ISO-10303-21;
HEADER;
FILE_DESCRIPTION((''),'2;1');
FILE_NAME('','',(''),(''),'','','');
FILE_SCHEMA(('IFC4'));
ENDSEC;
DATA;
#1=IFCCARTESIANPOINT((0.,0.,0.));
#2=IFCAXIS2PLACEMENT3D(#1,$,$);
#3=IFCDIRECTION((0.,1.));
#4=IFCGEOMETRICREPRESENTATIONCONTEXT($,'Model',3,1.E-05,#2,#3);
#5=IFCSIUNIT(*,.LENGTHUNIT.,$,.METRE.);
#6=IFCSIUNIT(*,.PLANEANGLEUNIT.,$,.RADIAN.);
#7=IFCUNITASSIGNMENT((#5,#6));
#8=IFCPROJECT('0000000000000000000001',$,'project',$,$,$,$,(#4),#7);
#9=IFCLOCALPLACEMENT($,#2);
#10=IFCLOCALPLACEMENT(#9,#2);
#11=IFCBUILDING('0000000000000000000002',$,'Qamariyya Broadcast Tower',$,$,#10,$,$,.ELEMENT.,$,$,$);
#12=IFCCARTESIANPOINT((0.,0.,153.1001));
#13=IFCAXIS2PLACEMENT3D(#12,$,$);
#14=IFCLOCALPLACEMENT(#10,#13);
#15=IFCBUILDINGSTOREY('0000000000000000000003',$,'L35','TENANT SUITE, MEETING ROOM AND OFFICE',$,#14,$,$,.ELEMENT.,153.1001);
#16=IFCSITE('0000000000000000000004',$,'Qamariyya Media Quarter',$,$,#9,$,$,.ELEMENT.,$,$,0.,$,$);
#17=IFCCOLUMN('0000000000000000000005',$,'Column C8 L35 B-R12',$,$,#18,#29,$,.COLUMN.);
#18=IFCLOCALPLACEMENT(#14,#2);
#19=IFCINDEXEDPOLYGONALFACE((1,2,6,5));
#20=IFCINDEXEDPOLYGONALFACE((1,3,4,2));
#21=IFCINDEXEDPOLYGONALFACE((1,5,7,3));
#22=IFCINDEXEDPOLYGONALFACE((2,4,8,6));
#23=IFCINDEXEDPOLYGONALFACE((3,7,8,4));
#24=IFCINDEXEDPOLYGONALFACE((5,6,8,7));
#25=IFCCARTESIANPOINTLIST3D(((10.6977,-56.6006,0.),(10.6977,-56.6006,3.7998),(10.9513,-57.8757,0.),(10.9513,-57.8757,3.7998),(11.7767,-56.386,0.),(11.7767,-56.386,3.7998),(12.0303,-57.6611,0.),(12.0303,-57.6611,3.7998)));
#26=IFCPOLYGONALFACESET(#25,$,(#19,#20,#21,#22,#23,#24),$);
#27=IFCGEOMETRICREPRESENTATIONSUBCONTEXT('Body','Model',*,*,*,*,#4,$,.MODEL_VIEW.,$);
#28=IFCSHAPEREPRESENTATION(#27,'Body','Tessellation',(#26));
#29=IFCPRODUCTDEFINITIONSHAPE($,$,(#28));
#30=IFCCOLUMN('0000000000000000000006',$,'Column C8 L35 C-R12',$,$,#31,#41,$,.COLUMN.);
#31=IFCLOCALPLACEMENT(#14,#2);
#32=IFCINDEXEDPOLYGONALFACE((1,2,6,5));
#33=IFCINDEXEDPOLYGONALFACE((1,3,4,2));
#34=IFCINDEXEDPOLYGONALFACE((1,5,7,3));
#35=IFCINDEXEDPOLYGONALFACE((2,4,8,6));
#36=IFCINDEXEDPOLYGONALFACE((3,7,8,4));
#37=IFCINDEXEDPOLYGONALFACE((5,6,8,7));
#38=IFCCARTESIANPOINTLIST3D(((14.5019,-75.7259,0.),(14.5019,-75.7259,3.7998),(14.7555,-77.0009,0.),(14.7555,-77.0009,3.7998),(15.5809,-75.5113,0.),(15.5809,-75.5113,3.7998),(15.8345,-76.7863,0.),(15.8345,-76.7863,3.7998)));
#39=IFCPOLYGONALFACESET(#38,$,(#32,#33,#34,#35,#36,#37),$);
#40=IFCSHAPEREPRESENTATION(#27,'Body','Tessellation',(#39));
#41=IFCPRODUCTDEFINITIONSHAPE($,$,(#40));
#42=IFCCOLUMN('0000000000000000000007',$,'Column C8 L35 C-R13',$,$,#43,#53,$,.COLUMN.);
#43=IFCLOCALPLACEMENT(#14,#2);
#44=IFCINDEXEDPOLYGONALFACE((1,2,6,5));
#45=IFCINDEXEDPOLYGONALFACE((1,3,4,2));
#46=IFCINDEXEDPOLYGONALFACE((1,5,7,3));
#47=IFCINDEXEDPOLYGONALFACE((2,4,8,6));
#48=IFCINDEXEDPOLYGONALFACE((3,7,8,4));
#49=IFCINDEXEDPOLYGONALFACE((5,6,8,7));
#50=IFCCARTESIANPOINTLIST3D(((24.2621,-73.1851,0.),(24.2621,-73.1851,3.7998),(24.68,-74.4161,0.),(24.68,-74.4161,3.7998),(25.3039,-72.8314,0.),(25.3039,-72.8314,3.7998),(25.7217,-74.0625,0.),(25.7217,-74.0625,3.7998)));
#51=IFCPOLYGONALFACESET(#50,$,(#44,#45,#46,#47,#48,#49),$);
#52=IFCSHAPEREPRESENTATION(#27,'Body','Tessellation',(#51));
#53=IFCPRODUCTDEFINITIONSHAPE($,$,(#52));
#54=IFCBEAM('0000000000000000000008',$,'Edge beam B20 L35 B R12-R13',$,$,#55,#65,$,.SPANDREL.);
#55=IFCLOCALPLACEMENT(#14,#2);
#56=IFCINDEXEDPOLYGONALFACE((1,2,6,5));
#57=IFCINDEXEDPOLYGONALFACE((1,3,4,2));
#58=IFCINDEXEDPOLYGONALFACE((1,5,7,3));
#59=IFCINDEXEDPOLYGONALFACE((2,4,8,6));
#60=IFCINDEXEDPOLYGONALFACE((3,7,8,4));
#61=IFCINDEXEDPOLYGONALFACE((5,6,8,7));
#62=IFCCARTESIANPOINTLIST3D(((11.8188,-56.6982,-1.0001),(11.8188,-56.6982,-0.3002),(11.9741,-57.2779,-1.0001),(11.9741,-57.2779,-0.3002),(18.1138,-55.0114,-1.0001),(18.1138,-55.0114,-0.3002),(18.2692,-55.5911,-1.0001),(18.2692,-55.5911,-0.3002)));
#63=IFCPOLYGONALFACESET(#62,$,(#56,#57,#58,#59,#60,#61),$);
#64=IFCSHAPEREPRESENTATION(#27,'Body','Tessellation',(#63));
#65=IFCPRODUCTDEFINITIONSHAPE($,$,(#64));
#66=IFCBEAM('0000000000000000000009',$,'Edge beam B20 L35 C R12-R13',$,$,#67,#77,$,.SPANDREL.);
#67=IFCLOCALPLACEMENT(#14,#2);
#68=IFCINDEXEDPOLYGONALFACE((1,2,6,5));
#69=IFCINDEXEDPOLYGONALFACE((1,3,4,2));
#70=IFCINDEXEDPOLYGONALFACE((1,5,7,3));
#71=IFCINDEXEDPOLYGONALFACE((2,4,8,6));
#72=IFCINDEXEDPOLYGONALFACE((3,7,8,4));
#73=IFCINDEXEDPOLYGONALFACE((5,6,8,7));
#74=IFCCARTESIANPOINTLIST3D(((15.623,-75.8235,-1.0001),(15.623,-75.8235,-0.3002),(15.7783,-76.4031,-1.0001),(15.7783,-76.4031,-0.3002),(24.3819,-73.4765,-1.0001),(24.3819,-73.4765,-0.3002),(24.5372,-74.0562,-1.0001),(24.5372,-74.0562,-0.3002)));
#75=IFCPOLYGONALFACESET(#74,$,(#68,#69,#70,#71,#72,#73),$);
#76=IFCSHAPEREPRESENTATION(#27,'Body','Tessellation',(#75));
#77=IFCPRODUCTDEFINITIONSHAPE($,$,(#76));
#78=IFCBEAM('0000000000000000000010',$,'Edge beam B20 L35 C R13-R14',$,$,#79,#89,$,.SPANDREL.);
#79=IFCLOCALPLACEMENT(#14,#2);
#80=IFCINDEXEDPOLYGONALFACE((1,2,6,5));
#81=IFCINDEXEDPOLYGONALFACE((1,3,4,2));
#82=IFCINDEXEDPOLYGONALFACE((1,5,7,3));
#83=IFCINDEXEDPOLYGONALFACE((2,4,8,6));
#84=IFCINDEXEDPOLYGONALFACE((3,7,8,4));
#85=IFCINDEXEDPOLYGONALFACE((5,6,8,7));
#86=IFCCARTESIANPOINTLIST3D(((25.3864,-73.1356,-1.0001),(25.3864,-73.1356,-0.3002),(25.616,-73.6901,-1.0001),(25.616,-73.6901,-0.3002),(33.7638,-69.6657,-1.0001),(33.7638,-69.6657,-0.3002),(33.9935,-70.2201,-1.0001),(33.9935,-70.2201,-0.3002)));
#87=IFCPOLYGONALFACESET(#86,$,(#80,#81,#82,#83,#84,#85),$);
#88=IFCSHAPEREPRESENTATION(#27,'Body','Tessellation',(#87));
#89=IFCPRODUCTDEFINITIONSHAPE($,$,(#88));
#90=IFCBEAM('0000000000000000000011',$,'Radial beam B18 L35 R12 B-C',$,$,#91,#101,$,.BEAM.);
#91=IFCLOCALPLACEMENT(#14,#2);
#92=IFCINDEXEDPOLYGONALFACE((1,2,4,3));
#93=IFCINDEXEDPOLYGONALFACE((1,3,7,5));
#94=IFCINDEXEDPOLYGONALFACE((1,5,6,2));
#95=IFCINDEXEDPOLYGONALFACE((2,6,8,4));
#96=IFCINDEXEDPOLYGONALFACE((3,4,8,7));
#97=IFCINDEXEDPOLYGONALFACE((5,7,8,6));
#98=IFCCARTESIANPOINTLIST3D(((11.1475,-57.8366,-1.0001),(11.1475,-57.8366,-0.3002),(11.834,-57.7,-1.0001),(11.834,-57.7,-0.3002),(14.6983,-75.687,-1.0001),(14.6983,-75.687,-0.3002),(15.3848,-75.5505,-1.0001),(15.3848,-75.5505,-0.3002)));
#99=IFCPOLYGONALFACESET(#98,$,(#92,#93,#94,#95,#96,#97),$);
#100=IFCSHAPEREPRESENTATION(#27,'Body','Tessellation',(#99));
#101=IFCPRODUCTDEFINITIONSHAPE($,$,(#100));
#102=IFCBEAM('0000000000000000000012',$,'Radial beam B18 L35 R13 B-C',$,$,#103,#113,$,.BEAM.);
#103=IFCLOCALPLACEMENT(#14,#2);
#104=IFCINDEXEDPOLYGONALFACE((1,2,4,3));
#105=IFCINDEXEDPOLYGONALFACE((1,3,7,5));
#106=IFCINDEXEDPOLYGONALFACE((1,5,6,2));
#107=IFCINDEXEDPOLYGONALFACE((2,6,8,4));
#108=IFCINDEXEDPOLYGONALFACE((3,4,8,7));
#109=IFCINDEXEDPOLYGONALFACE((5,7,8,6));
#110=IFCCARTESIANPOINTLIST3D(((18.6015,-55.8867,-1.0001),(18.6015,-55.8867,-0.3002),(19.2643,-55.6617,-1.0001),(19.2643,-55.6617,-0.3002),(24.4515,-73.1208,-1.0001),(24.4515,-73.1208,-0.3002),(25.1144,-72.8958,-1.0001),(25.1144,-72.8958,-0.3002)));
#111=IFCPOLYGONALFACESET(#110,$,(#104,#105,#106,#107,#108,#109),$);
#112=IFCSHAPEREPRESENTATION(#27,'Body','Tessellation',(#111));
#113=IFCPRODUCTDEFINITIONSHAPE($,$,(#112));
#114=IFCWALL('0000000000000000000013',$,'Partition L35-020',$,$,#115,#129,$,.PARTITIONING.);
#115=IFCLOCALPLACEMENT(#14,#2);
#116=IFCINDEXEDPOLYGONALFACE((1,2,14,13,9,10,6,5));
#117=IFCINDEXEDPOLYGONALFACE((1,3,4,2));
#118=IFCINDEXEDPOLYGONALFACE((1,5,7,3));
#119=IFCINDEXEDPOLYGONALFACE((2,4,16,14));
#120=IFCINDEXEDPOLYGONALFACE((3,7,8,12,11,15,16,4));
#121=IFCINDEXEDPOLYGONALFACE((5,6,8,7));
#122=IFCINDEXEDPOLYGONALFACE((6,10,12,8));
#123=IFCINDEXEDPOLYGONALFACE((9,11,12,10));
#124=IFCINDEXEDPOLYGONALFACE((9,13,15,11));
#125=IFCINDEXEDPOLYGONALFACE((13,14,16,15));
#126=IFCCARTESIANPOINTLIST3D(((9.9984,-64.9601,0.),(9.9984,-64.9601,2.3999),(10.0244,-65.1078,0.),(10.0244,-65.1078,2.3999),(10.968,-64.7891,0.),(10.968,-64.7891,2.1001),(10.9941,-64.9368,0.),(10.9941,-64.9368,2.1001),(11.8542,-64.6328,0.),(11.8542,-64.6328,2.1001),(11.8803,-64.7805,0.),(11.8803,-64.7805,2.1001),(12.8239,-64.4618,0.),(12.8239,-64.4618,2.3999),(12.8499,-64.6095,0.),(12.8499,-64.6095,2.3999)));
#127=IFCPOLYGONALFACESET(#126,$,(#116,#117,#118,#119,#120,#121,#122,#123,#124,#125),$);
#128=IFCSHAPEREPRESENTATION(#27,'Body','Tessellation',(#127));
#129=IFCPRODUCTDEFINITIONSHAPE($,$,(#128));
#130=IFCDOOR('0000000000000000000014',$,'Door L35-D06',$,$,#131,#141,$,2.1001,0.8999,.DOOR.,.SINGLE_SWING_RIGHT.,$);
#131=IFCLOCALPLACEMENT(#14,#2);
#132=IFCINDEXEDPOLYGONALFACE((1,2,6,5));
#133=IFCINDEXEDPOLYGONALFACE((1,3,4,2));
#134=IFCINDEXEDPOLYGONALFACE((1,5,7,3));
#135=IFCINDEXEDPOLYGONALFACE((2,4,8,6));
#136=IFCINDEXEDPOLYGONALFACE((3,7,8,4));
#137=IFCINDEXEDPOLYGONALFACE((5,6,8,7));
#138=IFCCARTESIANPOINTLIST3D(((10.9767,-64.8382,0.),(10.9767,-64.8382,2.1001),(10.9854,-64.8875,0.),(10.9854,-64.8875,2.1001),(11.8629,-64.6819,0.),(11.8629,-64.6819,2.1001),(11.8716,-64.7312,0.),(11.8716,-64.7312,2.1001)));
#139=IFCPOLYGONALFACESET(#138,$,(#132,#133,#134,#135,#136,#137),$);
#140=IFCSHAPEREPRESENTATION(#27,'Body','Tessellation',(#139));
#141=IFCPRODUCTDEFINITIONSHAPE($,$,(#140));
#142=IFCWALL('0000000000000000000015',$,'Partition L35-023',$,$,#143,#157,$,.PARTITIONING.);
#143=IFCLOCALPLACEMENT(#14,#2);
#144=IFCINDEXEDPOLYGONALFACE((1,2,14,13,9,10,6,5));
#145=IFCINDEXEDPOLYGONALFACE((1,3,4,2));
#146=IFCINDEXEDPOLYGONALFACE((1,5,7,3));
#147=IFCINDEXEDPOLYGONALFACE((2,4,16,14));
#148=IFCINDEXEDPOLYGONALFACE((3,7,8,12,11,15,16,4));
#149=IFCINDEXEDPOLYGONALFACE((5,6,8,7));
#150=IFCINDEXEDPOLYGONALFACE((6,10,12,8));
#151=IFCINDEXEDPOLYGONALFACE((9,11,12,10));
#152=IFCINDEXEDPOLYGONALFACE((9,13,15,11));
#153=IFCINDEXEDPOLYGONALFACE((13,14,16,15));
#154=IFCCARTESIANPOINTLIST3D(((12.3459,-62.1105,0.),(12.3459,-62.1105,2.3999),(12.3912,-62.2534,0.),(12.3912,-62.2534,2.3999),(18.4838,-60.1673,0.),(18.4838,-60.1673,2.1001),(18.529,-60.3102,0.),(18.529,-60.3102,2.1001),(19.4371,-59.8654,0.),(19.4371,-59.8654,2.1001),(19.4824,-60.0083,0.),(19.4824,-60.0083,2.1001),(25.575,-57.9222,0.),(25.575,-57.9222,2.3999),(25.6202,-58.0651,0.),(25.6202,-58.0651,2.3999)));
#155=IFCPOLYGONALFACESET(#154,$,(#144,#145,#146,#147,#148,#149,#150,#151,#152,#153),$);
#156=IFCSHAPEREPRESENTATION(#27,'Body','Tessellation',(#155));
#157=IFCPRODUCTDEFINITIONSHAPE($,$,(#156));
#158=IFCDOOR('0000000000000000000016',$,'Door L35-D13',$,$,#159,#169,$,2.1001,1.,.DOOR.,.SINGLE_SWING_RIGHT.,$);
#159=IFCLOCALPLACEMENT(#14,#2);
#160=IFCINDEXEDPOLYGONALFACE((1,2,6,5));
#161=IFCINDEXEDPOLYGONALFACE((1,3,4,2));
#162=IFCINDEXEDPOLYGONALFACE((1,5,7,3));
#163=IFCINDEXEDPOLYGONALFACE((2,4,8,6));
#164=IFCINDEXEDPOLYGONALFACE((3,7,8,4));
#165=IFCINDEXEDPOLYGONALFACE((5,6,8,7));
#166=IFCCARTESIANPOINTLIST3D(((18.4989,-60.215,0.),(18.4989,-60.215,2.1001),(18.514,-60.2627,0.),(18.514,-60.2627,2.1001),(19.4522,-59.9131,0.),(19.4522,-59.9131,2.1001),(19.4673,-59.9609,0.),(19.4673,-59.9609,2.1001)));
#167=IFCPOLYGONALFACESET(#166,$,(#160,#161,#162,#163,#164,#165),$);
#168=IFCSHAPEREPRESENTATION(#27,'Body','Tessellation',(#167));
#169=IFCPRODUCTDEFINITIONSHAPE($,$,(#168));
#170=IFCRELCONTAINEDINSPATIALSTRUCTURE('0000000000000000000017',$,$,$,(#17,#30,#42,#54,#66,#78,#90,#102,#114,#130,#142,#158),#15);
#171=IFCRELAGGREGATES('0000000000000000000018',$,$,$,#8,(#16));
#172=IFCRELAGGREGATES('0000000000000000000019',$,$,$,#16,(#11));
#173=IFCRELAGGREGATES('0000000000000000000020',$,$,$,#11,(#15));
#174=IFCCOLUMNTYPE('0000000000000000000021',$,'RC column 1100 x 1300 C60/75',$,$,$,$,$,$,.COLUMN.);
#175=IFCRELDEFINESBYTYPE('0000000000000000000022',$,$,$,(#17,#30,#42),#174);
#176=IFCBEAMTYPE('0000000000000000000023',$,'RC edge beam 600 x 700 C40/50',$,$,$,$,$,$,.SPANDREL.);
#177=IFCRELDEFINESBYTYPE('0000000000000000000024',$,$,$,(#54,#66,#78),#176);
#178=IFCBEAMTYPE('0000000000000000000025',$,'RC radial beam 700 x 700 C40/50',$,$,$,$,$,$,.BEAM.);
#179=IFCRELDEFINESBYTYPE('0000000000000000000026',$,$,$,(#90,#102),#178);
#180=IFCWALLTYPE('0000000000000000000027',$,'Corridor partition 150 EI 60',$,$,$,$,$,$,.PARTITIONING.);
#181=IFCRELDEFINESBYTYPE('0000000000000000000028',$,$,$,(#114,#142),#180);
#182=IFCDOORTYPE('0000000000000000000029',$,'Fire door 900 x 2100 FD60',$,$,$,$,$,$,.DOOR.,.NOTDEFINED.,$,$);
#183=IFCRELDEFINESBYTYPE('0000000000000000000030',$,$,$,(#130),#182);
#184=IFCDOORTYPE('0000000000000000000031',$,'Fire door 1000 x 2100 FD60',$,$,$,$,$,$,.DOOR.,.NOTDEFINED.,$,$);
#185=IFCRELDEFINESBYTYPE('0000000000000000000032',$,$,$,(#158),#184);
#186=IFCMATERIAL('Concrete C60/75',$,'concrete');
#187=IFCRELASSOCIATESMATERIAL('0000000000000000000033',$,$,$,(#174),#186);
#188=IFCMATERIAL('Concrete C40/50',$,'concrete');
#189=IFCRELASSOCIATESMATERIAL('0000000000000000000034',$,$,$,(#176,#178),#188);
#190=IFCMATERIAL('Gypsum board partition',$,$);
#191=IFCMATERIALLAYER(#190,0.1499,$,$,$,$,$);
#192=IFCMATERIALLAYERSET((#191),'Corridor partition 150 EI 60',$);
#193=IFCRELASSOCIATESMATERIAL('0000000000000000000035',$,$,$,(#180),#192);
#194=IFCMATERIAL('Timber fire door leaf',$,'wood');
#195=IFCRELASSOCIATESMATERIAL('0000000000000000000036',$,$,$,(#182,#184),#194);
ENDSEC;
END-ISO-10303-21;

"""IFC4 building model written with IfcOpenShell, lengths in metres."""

from ifc_helpers import new_model, si_unit, direction, frame, frame_2d, origin, origin_2d, place, context, subcontext, project, spatial, rectangle, extrude, material, layer, layer_set, material_profile, profile_set, type_object, element, fill, save


model = new_model("IFC4")

# Units and contexts
model_context = context("Model", 3, precision=1e-05, world=origin(), true_north=direction((0.0, 1.0)))
body_context = subcontext(model_context, "Body", "Model", "MODEL_VIEW")
ifc_project = project(units=[si_unit("LENGTHUNIT", "METRE"), si_unit("PLANEANGLEUNIT", "RADIAN")], contexts=[model_context])

# Site, building, storey
site_placement = place(None, origin())
site = spatial("IfcSite", under=ifc_project, at=site_placement, Name="Qamariyya Media Quarter", CompositionType="ELEMENT", RefElevation=0.0)
building_placement = place(site_placement, origin())
building = spatial("IfcBuilding", under=site, at=building_placement, Name="Qamariyya Broadcast Tower", CompositionType="ELEMENT")
storey_placement = place(building_placement, frame((0.0, 0.0, 153.1001)))
storey = spatial("IfcBuildingStorey", under=building, at=storey_placement, Name="L35", Description="TENANT SUITE, MEETING ROOM AND OFFICE", CompositionType="ELEMENT", Elevation=153.1001)

# Columns
ifc_material_1 = material(Name="Concrete C60/75", Category="concrete")
ifc_material_profile_1 = material_profile(ifc_material_1, rectangle(XDim=1.1001, YDim=1.3, at=origin_2d()))
ifc_profile_set_1 = profile_set([ifc_material_profile_1], Name="Concrete C60/75")
column_type = type_object("IfcColumnType", Name="RC column 1100 x 1300 C60/75", PredefinedType="COLUMN", material=ifc_profile_set_1)
for number, where, z_axis, x_axis, name in (
    (1, (11.364, -57.1309, 0.0), (0.0, 0.0, 1.0), (0.980785, 0.19509, 0.0), "Column C8 L35 B-R12"),
    (2, (15.1682, -76.2561, 0.0), (0.0, 0.0, 1.0), (0.980785, 0.19509, 0.0), "Column C8 L35 C-R12"),
    (3, (24.9919, -73.6238, 0.0), (0.0, 0.0, 1.0), (0.94693, 0.321439, 0.0), "Column C8 L35 C-R13"),
):
    element("IfcColumn", number, at=place(storey_placement, frame(where, z_axis=z_axis, x_axis=x_axis)), inside=storey, type_object=column_type, Name=name, PredefinedType="COLUMN", context=body_context, shape_type="SweptSolid", body=[
        extrude(rectangle(XDim=1.1001, YDim=1.3, at=origin_2d()), origin(), (0.0, 0.0, 1.0), 3.7998),
    ])

# Beams
ifc_material_2 = material(Name="Concrete C40/50", Category="concrete")
ifc_material_profile_2 = material_profile(ifc_material_2, rectangle(XDim=0.6001, YDim=0.7, at=origin_2d()))
ifc_profile_set_2 = profile_set([ifc_material_profile_2], Name="Concrete C40/50")
beam_type_1 = type_object("IfcBeamType", Name="RC edge beam 600 x 700 C40/50", PredefinedType="SPANDREL", material=ifc_profile_set_2)
beam_1_placement = place(storey_placement, frame((11.8965, -56.988, -0.6501), z_axis=(0.965924, 0.258826, 0.0), x_axis=(-0.258826, 0.965924, 0.0)))
element("IfcBeam", 4, at=beam_1_placement, inside=storey, type_object=beam_type_1, Name="Edge beam B20 L35 B R12-R13", PredefinedType="SPANDREL", context=body_context, shape_type="SweptSolid", body=[
    extrude(rectangle(XDim=0.6001, YDim=0.7, at=origin_2d()), origin(), (0.0, 0.0, 1.0), 6.5171),
])
beam_2_placement = place(storey_placement, frame((15.7007, -76.1133, -0.6501), z_axis=(0.965925, 0.25882, 0.0), x_axis=(-0.25882, 0.965925, 0.0)))
element("IfcBeam", 5, at=beam_2_placement, inside=storey, type_object=beam_type_1, Name="Edge beam B20 L35 C R12-R13", PredefinedType="SPANDREL", context=body_context, shape_type="SweptSolid", body=[
    extrude(rectangle(XDim=0.6001, YDim=0.7, at=origin_2d()), origin(), (0.0, 0.0, 1.0), 9.0679),
])
beam_3_placement = place(storey_placement, frame((25.5012, -73.4128, -0.6501), z_axis=(0.923883, 0.382676, 0.0), x_axis=(-0.382676, 0.923883, 0.0)))
element("IfcBeam", 6, at=beam_3_placement, inside=storey, type_object=beam_type_1, Name="Edge beam B20 L35 C R13-R14", PredefinedType="SPANDREL", context=body_context, shape_type="SweptSolid", body=[
    extrude(rectangle(XDim=0.6001, YDim=0.7, at=origin_2d()), origin(), (0.0, 0.0, 1.0), 9.0676),
])
ifc_material_profile_3 = material_profile(ifc_material_2, rectangle(XDim=0.7, YDim=0.7, at=origin_2d()))
ifc_profile_set_3 = profile_set([ifc_material_profile_3], Name="Concrete C40/50")
beam_type_2 = type_object("IfcBeamType", Name="RC radial beam 700 x 700 C40/50", PredefinedType="BEAM", material=ifc_profile_set_3)
beam_4_placement = place(storey_placement, frame((11.4907, -57.7683, -0.6501), z_axis=(0.195097, -0.980784, 0.0), x_axis=(0.980784, 0.195097, 0.0)))
element("IfcBeam", 7, at=beam_4_placement, inside=storey, type_object=beam_type_2, Name="Radial beam B18 L35 R12 B-C", PredefinedType="BEAM", context=body_context, shape_type="SweptSolid", body=[
    extrude(rectangle(XDim=0.7, YDim=0.7, at=origin_2d()), origin(), (0.0, 0.0, 1.0), 18.2002),
])
beam_5_placement = place(storey_placement, frame((18.9329, -55.7742, -0.6501), z_axis=(0.321434, -0.946932, 0.0), x_axis=(0.946932, 0.321434, 0.0)))
element("IfcBeam", 8, at=beam_5_placement, inside=storey, type_object=beam_type_2, Name="Radial beam B18 L35 R13 B-C", PredefinedType="BEAM", context=body_context, shape_type="SweptSolid", body=[
    extrude(rectangle(XDim=0.7, YDim=0.7, at=origin_2d()), origin(), (0.0, 0.0, 1.0), 18.2),
])

# Walls, openings, doors
ifc_material_3 = material(Name="Gypsum board partition")
ifc_layer_1 = layer(ifc_material_3, 0.1499)
ifc_layer_set_1 = layer_set([ifc_layer_1], Name="Corridor partition 150 EI 60")
wall_type_1 = type_object("IfcWallType", Name="Corridor partition 150 EI 60", PredefinedType="PARTITIONING", material=ifc_layer_set_1)
wall_1_placement = place(storey_placement, frame((12.8369, -64.5356, 0.0), z_axis=(0.0, 0.0, 1.0), x_axis=(-0.984802, -0.173679, 0.0)))
wall_1 = element("IfcWall", 9, at=wall_1_placement, inside=storey, type_object=wall_type_1, Name="Partition L35-020", PredefinedType="PARTITIONING", context=body_context, shape_type="SweptSolid", body=[
    extrude(rectangle(XDim=2.8691, YDim=0.1499, at=frame_2d((1.4346, 0.0))), origin(), (0.0, 0.0, 1.0), 2.3999),
])
opening_1_placement = place(wall_1_placement, frame((0.9846, 0.0, 0.0)))
opening_1 = element("IfcOpeningElement", 10, at=opening_1_placement, cuts=wall_1, PredefinedType="OPENING", context=body_context, shape_type="SweptSolid", body=[
    extrude(rectangle(XDim=0.8999, YDim=2.1001, at=frame_2d((0.45, 1.05))), frame((0.0, 0.085, 0.0), z_axis=(0.0, -1.0, 0.0), x_axis=(1.0, 0.0, 0.0)), (0.0, 0.0, 1.0), 0.1699),
])
ifc_material_4 = material(Name="Timber fire door leaf", Category="wood")
door_type_1 = type_object("IfcDoorType", Name="Fire door 900 x 2100 FD60", OperationType="NOTDEFINED", PredefinedType="DOOR", material=ifc_material_4)
door_1_placement = place(opening_1_placement, origin())
door_1 = element("IfcDoor", 11, at=door_1_placement, inside=storey, type_object=door_type_1, Name="Door L35-D06", OperationType="SINGLE_SWING_RIGHT", OverallHeight=2.1001, OverallWidth=0.8999, PredefinedType="DOOR", context=body_context, shape_type="SweptSolid", body=[
    extrude(rectangle(XDim=0.8999, YDim=2.1001, at=frame_2d((0.45, 1.05))), frame((0.0, 0.0249, 0.0), z_axis=(0.0, -1.0, 0.0), x_axis=(1.0, 0.0, 0.0)), (0.0, 0.0, 1.0), 0.05),
])
fill(opening_1, door_1)
wall_2_placement = place(storey_placement, frame((12.3687, -62.1819, 0.0), z_axis=(0.0, 0.0, 1.0), x_axis=(0.953362, 0.301829, 0.0)))
wall_2 = element("IfcWall", 12, at=wall_2_placement, inside=storey, type_object=wall_type_1, Name="Partition L35-023", PredefinedType="PARTITIONING", context=body_context, shape_type="SweptSolid", body=[
    extrude(rectangle(XDim=13.8762, YDim=0.1499, at=frame_2d((6.938, 0.0))), origin(), (0.0, 0.0, 1.0), 2.3999),
])
opening_2_placement = place(wall_2_placement, frame((6.438, 0.0, 0.0)))
opening_2 = element("IfcOpeningElement", 13, at=opening_2_placement, cuts=wall_2, PredefinedType="OPENING", context=body_context, shape_type="SweptSolid", body=[
    extrude(rectangle(XDim=1.0, YDim=2.1001, at=frame_2d((0.5, 1.05))), frame((0.0, 0.085, 0.0), z_axis=(0.0, -1.0, 0.0), x_axis=(1.0, 0.0, 0.0)), (0.0, 0.0, 1.0), 0.1699),
])
door_type_2 = type_object("IfcDoorType", Name="Fire door 1000 x 2100 FD60", OperationType="NOTDEFINED", PredefinedType="DOOR", material=ifc_material_4)
door_2_placement = place(opening_2_placement, origin())
door_2 = element("IfcDoor", 14, at=door_2_placement, inside=storey, type_object=door_type_2, Name="Door L35-D13", OperationType="SINGLE_SWING_RIGHT", OverallHeight=2.1001, OverallWidth=1.0, PredefinedType="DOOR", context=body_context, shape_type="SweptSolid", body=[
    extrude(rectangle(XDim=1.0, YDim=2.1001, at=frame_2d((0.5, 1.05))), frame((0.0, 0.0249, 0.0), z_axis=(0.0, -1.0, 0.0), x_axis=(1.0, 0.0, 0.0)), (0.0, 0.0, 1.0), 0.05),
])
fill(opening_2, door_2)

save(model, "model.ifc")
